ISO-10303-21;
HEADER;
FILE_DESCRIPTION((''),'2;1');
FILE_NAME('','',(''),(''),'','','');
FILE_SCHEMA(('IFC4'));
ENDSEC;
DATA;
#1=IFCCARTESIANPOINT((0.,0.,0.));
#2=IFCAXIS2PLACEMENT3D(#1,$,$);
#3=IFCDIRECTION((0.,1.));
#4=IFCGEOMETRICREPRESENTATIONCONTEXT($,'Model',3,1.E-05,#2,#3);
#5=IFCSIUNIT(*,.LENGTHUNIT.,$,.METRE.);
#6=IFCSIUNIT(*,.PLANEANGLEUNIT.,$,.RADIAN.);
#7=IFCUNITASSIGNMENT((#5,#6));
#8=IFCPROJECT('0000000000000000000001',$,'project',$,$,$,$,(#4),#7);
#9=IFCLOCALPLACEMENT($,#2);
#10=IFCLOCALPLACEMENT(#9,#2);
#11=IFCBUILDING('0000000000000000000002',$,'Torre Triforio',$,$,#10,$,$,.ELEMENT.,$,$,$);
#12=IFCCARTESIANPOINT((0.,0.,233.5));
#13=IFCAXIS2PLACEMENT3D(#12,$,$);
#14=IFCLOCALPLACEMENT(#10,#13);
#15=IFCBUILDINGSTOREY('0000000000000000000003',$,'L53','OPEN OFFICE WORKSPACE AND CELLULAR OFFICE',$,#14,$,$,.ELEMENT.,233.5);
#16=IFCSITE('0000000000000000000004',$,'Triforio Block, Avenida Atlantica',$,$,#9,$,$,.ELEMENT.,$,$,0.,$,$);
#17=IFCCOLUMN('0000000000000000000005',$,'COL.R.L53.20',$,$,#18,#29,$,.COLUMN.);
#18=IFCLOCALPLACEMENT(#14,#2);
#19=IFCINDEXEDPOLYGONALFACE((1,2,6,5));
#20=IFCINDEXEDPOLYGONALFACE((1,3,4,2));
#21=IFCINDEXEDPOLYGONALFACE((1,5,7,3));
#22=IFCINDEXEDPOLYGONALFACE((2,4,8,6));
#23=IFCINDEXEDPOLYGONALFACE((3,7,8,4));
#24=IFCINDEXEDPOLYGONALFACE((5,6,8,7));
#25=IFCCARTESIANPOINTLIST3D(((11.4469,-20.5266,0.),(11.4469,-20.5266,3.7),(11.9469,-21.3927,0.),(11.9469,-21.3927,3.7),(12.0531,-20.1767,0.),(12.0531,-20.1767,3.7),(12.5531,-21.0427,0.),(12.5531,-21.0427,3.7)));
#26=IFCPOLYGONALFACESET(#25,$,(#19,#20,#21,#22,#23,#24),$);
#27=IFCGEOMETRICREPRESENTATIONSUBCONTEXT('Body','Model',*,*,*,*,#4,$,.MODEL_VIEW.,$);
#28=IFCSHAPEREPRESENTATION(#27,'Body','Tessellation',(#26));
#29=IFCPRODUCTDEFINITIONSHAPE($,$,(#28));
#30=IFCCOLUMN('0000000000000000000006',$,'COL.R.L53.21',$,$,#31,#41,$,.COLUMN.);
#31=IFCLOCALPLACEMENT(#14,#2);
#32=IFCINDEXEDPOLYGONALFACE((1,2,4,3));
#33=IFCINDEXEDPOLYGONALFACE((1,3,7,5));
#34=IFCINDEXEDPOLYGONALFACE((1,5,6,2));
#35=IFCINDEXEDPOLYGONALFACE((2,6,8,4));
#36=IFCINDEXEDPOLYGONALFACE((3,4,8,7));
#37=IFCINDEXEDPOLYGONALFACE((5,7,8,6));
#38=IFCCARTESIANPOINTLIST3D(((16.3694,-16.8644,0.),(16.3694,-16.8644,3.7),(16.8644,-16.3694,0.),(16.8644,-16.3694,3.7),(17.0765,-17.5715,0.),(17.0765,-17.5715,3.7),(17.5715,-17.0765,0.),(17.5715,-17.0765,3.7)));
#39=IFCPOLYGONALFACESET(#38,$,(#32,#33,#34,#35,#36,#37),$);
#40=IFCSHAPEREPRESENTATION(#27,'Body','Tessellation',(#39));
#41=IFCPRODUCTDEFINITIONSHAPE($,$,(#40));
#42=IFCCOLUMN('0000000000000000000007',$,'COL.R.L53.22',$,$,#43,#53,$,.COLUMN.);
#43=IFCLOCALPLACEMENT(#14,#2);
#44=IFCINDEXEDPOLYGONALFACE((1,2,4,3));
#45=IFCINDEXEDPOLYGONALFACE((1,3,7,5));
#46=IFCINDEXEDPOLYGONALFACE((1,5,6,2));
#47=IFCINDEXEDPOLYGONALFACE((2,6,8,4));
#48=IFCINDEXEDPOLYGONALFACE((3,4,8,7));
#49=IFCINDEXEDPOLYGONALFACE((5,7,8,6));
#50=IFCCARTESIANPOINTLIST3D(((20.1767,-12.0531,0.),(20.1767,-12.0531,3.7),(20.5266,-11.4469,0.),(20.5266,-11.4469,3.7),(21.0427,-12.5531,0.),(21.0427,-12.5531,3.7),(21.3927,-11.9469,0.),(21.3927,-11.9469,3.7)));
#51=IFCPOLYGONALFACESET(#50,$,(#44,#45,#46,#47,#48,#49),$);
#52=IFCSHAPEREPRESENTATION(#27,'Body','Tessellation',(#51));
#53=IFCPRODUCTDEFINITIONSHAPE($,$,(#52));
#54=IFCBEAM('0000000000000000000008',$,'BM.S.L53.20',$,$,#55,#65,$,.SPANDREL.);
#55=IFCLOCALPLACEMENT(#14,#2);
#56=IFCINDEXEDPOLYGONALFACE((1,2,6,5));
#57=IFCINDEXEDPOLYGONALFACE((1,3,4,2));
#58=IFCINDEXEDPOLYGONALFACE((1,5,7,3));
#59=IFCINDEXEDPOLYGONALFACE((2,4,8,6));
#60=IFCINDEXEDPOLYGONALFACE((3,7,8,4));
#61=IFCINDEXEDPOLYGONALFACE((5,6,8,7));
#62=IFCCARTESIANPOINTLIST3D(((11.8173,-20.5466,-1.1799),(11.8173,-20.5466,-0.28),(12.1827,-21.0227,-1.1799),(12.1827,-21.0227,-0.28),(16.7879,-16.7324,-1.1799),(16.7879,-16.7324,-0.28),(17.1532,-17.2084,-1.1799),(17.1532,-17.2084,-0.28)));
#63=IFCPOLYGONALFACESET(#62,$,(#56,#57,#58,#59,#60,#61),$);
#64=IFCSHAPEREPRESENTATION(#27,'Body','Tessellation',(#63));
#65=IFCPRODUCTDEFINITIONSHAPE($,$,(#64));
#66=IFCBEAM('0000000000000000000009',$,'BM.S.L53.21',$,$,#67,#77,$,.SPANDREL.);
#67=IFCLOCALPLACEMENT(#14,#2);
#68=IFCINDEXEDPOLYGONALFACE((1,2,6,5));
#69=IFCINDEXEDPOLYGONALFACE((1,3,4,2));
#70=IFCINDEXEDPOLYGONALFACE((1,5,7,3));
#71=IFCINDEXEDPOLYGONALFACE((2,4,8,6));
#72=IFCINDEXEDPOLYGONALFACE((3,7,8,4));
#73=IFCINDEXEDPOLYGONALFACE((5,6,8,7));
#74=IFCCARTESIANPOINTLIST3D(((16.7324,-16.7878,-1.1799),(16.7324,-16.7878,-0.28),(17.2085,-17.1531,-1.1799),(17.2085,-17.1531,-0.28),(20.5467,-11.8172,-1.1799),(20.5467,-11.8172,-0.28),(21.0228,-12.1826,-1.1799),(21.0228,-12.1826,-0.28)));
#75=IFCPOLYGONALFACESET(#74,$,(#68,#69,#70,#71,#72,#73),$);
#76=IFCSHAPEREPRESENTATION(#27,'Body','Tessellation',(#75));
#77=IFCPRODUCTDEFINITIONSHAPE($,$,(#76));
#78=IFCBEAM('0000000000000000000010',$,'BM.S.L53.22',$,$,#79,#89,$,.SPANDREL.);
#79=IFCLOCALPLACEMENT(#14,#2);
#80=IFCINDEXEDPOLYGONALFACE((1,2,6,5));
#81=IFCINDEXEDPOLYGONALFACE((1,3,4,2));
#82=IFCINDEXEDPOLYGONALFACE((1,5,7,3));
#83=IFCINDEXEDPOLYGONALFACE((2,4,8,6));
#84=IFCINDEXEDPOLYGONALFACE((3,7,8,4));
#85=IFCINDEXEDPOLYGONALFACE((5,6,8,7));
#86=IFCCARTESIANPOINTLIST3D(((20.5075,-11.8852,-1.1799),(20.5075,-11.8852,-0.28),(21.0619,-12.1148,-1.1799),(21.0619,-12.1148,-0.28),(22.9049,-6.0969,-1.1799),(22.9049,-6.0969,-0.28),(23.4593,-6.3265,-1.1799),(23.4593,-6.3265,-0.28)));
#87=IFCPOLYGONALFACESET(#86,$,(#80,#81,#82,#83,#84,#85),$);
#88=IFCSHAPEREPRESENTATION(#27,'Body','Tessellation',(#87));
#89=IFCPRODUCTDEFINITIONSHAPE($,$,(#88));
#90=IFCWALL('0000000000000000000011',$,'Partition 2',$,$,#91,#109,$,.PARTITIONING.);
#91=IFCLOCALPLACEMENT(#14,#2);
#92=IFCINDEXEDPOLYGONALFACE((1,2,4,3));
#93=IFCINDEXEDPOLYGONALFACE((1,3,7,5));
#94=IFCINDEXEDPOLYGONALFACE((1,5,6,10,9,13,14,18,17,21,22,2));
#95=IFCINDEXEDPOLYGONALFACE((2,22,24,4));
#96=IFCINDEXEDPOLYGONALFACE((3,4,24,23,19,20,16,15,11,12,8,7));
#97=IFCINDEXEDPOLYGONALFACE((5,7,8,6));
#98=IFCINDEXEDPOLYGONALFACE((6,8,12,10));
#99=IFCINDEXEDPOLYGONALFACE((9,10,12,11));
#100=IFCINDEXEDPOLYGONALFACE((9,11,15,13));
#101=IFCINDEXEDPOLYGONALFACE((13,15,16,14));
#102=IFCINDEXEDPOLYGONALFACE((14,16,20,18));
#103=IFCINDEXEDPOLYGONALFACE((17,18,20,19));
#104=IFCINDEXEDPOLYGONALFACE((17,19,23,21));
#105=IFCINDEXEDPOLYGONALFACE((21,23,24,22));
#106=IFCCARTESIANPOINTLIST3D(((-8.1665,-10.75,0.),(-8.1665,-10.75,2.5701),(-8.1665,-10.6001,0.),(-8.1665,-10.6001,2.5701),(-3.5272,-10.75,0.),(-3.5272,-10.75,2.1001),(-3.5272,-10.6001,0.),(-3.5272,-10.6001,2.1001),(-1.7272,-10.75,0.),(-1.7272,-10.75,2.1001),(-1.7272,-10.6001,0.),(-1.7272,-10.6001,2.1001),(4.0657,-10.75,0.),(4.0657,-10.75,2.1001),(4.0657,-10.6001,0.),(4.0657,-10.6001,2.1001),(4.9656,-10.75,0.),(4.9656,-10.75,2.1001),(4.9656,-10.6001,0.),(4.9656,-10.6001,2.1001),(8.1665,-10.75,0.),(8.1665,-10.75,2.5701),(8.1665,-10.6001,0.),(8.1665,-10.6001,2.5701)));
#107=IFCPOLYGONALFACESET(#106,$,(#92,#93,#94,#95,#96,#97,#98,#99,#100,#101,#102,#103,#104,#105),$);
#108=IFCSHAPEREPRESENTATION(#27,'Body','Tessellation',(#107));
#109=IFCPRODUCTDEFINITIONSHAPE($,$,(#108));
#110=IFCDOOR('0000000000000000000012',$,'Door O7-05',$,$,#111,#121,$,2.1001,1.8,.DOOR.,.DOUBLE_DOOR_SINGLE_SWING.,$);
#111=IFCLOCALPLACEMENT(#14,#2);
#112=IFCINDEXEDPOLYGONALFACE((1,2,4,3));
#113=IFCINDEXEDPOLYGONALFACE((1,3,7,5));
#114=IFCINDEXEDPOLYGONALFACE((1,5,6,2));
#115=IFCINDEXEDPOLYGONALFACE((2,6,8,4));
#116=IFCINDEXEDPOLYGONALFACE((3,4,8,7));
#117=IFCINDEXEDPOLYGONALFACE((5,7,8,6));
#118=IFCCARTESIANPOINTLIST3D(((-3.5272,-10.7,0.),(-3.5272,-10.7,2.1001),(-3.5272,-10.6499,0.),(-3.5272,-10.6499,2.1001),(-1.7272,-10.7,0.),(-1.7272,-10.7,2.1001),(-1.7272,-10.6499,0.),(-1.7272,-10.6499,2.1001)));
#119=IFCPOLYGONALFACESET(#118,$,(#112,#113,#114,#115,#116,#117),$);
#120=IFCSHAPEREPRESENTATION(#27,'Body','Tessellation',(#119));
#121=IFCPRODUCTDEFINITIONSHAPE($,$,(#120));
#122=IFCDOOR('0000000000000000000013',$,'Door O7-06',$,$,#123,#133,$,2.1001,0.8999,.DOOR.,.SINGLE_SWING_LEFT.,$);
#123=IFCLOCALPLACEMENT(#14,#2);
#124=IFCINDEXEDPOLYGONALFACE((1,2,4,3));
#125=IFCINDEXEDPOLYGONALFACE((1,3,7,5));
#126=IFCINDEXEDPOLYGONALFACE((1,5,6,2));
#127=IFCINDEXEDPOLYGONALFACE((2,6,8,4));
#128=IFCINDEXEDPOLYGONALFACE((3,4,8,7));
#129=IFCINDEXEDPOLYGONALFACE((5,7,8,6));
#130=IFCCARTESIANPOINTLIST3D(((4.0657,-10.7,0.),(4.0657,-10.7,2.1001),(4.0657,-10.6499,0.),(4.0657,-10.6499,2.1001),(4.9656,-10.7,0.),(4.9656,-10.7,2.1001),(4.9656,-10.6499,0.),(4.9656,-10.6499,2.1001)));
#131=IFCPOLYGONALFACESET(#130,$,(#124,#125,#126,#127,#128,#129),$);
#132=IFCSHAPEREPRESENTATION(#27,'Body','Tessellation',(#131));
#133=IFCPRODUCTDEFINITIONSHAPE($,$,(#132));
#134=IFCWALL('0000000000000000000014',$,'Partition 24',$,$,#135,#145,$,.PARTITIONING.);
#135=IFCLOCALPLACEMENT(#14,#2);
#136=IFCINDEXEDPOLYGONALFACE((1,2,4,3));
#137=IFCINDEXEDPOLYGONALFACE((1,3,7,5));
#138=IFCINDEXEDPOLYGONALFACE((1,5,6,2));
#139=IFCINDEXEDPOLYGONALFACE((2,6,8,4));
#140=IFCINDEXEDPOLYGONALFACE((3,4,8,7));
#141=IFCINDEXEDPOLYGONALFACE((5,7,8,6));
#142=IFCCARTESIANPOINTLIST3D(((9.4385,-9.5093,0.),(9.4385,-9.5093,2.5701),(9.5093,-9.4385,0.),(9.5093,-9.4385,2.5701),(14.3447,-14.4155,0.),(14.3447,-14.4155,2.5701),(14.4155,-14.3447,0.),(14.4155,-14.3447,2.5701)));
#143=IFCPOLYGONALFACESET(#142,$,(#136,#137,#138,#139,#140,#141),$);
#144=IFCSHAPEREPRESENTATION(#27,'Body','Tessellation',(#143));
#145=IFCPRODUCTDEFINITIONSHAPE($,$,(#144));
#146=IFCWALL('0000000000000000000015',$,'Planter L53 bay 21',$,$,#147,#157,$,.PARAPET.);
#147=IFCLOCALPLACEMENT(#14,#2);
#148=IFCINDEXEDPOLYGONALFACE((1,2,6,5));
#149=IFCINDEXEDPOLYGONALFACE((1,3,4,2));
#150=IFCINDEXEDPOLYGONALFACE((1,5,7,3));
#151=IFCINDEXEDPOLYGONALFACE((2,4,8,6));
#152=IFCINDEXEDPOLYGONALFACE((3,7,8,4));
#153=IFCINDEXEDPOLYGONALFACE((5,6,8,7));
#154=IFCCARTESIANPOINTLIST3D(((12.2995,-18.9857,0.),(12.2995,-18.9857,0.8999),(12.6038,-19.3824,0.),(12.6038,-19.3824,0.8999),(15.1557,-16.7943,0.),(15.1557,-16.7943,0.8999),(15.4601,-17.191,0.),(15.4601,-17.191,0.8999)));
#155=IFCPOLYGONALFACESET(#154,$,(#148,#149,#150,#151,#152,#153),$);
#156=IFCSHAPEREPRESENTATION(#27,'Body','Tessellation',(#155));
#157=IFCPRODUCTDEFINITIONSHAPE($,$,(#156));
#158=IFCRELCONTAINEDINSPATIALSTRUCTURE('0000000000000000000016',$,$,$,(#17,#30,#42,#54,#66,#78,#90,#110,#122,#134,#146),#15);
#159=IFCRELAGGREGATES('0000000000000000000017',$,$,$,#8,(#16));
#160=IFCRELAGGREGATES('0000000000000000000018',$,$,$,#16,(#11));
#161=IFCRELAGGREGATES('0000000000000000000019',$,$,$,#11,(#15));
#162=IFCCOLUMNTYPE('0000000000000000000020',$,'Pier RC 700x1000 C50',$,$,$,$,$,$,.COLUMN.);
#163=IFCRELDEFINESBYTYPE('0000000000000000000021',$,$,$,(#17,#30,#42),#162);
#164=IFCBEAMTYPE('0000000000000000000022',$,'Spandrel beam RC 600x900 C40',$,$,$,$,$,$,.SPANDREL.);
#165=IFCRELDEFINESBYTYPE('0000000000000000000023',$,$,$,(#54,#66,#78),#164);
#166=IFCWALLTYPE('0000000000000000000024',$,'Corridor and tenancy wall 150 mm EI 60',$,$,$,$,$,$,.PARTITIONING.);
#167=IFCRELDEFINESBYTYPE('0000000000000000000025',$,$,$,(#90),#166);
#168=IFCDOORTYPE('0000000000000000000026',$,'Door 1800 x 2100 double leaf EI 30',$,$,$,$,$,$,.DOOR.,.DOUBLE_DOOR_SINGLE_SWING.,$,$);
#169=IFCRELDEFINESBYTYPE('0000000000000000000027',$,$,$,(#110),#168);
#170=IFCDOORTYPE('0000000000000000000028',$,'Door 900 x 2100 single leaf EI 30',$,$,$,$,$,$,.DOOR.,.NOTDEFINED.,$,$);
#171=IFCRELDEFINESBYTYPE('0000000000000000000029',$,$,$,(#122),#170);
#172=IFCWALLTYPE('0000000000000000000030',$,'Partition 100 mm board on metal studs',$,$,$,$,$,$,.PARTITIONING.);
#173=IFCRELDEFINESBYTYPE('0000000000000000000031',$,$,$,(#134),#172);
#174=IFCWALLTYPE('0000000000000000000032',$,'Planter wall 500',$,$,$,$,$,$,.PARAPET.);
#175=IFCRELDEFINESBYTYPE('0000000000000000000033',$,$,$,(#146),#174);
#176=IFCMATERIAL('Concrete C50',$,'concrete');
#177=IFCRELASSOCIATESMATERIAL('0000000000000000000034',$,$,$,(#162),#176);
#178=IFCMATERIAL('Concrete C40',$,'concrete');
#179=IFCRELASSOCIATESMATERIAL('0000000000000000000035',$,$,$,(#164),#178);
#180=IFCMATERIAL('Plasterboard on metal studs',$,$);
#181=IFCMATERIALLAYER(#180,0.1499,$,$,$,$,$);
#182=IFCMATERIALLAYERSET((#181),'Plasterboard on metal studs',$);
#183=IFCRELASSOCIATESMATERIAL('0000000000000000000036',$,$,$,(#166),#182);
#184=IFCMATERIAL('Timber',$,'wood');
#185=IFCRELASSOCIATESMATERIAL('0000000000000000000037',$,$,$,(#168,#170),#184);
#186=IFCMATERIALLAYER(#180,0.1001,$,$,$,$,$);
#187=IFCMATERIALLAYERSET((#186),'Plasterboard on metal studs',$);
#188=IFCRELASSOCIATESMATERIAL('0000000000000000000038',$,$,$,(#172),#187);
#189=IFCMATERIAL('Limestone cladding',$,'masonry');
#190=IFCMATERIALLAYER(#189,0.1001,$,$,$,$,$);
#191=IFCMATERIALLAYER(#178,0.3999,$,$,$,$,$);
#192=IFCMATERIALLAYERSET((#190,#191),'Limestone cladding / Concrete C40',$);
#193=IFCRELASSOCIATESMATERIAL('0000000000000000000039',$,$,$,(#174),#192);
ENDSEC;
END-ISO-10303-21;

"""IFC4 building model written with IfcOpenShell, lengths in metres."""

from ifc_helpers import new_model, si_unit, direction, frame, frame_2d, origin, origin_2d, place, context, subcontext, project, spatial, rectangle, extrude, material, layer, layer_set, material_profile, profile_set, type_object, element, fill, save


model = new_model("IFC4")

# Units and contexts
model_context = context("Model", 3, precision=1e-05, world=origin(), true_north=direction((0.0, 1.0)))
body_context = subcontext(model_context, "Body", "Model", "MODEL_VIEW")
ifc_project = project(units=[si_unit("LENGTHUNIT", "METRE"), si_unit("PLANEANGLEUNIT", "RADIAN")], contexts=[model_context])

# Site, building, storey
site_placement = place(None, origin())
site = spatial("IfcSite", under=ifc_project, at=site_placement, Name="Triforio Block, Avenida Atlantica", CompositionType="ELEMENT", RefElevation=0.0)
building_placement = place(site_placement, origin())
building = spatial("IfcBuilding", under=site, at=building_placement, Name="Torre Triforio", CompositionType="ELEMENT")
storey_placement = place(building_placement, frame((0.0, 0.0, 233.5)))
storey = spatial("IfcBuildingStorey", under=building, at=storey_placement, Name="L53", Description="OPEN OFFICE WORKSPACE AND CELLULAR OFFICE", CompositionType="ELEMENT", Elevation=233.5)

# Columns
ifc_material_1 = material(Name="Concrete C50", Category="concrete")
ifc_material_profile_1 = material_profile(ifc_material_1, rectangle(XDim=0.7, YDim=1.0, at=origin_2d()), Name="RC 700x1000")
ifc_profile_set_1 = profile_set([ifc_material_profile_1], Name="Concrete C50")
column_type = type_object("IfcColumnType", Name="Pier RC 700x1000 C50", PredefinedType="COLUMN", material=ifc_profile_set_1)
for number, where, z_axis, x_axis, name in (
    (1, (12.0, -20.7847, 0.0), (0.0, 0.0, 1.0), (0.866025, 0.5, 0.0), "COL.R.L53.20"),
    (2, (16.9705, -16.9705, 0.0), (0.0, 0.0, 1.0), (0.707107, 0.707107, 0.0), "COL.R.L53.21"),
    (3, (20.7847, -12.0, 0.0), (0.0, 0.0, 1.0), (0.5, 0.866025, 0.0), "COL.R.L53.22"),
):
    element("IfcColumn", number, at=place(storey_placement, frame(where, z_axis=z_axis, x_axis=x_axis)), inside=storey, type_object=column_type, Name=name, PredefinedType="COLUMN", context=body_context, shape_type="SweptSolid", body=[
        extrude(rectangle(XDim=0.7, YDim=1.0, at=origin_2d()), origin(), (0.0, 0.0, 1.0), 3.7),
    ])

# Beams
ifc_material_2 = material(Name="Concrete C40", Category="concrete")
ifc_material_profile_2 = material_profile(ifc_material_2, rectangle(XDim=0.6001, YDim=0.8999, at=origin_2d()), Name="RC 600x900")
ifc_profile_set_2 = profile_set([ifc_material_profile_2], Name="Concrete C40")
beam_type = type_object("IfcBeamType", Name="Spandrel beam RC 600x900 C40", PredefinedType="SPANDREL", material=ifc_profile_set_2)
for number, where, z_axis, x_axis, name in (
    (4, (12.0, -20.7847, -0.73), (0.793335, 0.608786, 0.0), (-0.608786, 0.793335, 0.0), "BM.S.L53.20"),
    (5, (16.9705, -16.9705, -0.73), (0.608786, 0.793335, 0.0), (-0.793335, 0.608786, 0.0), "BM.S.L53.21"),
):
    element("IfcBeam", number, at=place(storey_placement, frame(where, z_axis=z_axis, x_axis=x_axis)), inside=storey, type_object=beam_type, Name=name, PredefinedType="SPANDREL", context=body_context, shape_type="SweptSolid", body=[
        extrude(rectangle(XDim=0.6001, YDim=0.8999, at=origin_2d()), origin(), (0.0, 0.0, 1.0), 6.2654),
    ])
beam_placement = place(storey_placement, frame((20.7847, -12.0, -0.73), z_axis=(0.382664, 0.923888, 0.0), x_axis=(-0.923888, 0.382664, 0.0)))
element("IfcBeam", 6, at=beam_placement, inside=storey, type_object=beam_type, Name="BM.S.L53.22", PredefinedType="SPANDREL", context=body_context, shape_type="SweptSolid", body=[
    extrude(rectangle(XDim=0.6001, YDim=0.8999, at=origin_2d()), origin(), (0.0, 0.0, 1.0), 6.2651),
])

# Wall, openings, doors
ifc_material_3 = material(Name="Plasterboard on metal studs")
ifc_layer_1 = layer(ifc_material_3, 0.1499)
ifc_layer_set_1 = layer_set([ifc_layer_1], Name="Plasterboard on metal studs")
wall_type_1 = type_object("IfcWallType", Name="Corridor and tenancy wall 150 mm EI 60", PredefinedType="PARTITIONING", material=ifc_layer_set_1)
wall_1_placement = place(storey_placement, frame((8.1665, -10.675, 0.0), z_axis=(0.0, 0.0, 1.0), x_axis=(-1.0, 0.0, 0.0)))
wall_1 = element("IfcWall", 7, at=wall_1_placement, inside=storey, type_object=wall_type_1, Name="Partition 2", PredefinedType="PARTITIONING", context=body_context, shape_type="SweptSolid", body=[
    extrude(rectangle(XDim=16.333, YDim=0.1499, at=frame_2d((8.1665, 0.0))), origin(), (0.0, 0.0, 1.0), 2.5701),
])
opening_1_placement = place(wall_1_placement, frame((9.8938, 0.0, 0.0)))
opening_1 = element("IfcOpeningElement", 8, at=opening_1_placement, cuts=wall_1, PredefinedType="OPENING", context=body_context, shape_type="SweptSolid", body=[
    extrude(rectangle(XDim=1.8, YDim=2.1001, at=frame_2d((0.8999, 1.05))), frame((0.0, 0.085, 0.0), z_axis=(0.0, -1.0, 0.0), x_axis=(1.0, 0.0, 0.0)), (0.0, 0.0, 1.0), 0.1699),
])
opening_2_placement = place(wall_1_placement, frame((3.2009, 0.0, 0.0)))
opening_2 = element("IfcOpeningElement", 9, at=opening_2_placement, cuts=wall_1, PredefinedType="OPENING", context=body_context, shape_type="SweptSolid", body=[
    extrude(rectangle(XDim=0.8999, YDim=2.1001, at=frame_2d((0.45, 1.05))), frame((0.0, 0.085, 0.0), z_axis=(0.0, -1.0, 0.0), x_axis=(1.0, 0.0, 0.0)), (0.0, 0.0, 1.0), 0.1699),
])
ifc_material_4 = material(Name="Timber", Category="wood")
door_type_1 = type_object("IfcDoorType", Name="Door 1800 x 2100 double leaf EI 30", OperationType="DOUBLE_DOOR_SINGLE_SWING", PredefinedType="DOOR", material=ifc_material_4)
door_1_placement = place(opening_1_placement, origin())
door_1 = element("IfcDoor", 10, at=door_1_placement, inside=storey, type_object=door_type_1, Name="Door O7-05", OperationType="DOUBLE_DOOR_SINGLE_SWING", OverallHeight=2.1001, OverallWidth=1.8, PredefinedType="DOOR", context=body_context, shape_type="SweptSolid", body=[
    extrude(rectangle(XDim=1.8, YDim=2.1001, at=frame_2d((0.8999, 1.05))), frame((0.0, 0.0249, 0.0), z_axis=(0.0, -1.0, 0.0), x_axis=(1.0, 0.0, 0.0)), (0.0, 0.0, 1.0), 0.05),
])
fill(opening_1, door_1)
door_type_2 = type_object("IfcDoorType", Name="Door 900 x 2100 single leaf EI 30", OperationType="NOTDEFINED", PredefinedType="DOOR", material=ifc_material_4)
door_2_placement = place(opening_2_placement, origin())
door_2 = element("IfcDoor", 11, at=door_2_placement, inside=storey, type_object=door_type_2, Name="Door O7-06", OperationType="SINGLE_SWING_LEFT", OverallHeight=2.1001, OverallWidth=0.8999, PredefinedType="DOOR", context=body_context, shape_type="SweptSolid", body=[
    extrude(rectangle(XDim=0.8999, YDim=2.1001, at=frame_2d((0.45, 1.05))), frame((0.0, 0.0249, 0.0), z_axis=(0.0, -1.0, 0.0), x_axis=(1.0, 0.0, 0.0)), (0.0, 0.0, 1.0), 0.05),
])
fill(opening_2, door_2)

# Walls
ifc_layer_2 = layer(ifc_material_3, 0.1001)
ifc_layer_set_2 = layer_set([ifc_layer_2], Name="Plasterboard on metal studs")
wall_type_2 = type_object("IfcWallType", Name="Partition 100 mm board on metal studs", PredefinedType="PARTITIONING", material=ifc_layer_set_2)
wall_2_placement = place(storey_placement, frame((9.4739, -9.4739, 0.0), z_axis=(0.0, 0.0, 1.0), x_axis=(0.707107, -0.707107, 0.0)))
element("IfcWall", 12, at=wall_2_placement, inside=storey, type_object=wall_type_2, Name="Partition 24", PredefinedType="PARTITIONING", context=body_context, shape_type="SweptSolid", body=[
    extrude(rectangle(XDim=6.9385, YDim=0.1001, at=frame_2d((3.4692, 0.0))), origin(), (0.0, 0.0, 1.0), 2.5701),
])
ifc_material_5 = material(Name="Limestone cladding", Category="masonry")
ifc_layer_3 = layer(ifc_material_5, 0.1001)
ifc_layer_4 = layer(ifc_material_2, 0.3999)
ifc_layer_set_3 = layer_set([ifc_layer_3, ifc_layer_4], Name="Limestone cladding / Concrete C40")
wall_type_3 = type_object("IfcWallType", Name="Planter wall 500", PredefinedType="PARAPET", material=ifc_layer_set_3)
wall_3_placement = place(storey_placement, frame((12.4517, -19.1841, 0.0), z_axis=(0.0, 0.0, 1.0), x_axis=(0.793385, 0.608721, 0.0)))
element("IfcWall", 13, at=wall_3_placement, inside=storey, type_object=wall_type_3, Name="Planter L53 bay 21", PredefinedType="PARAPET", context=body_context, shape_type="SweptSolid", body=[
    extrude(rectangle(XDim=3.6001, YDim=0.5, at=frame_2d((1.8, 0.0))), origin(), (0.0, 0.0, 1.0), 0.8999),
])

save(model, "model.ifc")
